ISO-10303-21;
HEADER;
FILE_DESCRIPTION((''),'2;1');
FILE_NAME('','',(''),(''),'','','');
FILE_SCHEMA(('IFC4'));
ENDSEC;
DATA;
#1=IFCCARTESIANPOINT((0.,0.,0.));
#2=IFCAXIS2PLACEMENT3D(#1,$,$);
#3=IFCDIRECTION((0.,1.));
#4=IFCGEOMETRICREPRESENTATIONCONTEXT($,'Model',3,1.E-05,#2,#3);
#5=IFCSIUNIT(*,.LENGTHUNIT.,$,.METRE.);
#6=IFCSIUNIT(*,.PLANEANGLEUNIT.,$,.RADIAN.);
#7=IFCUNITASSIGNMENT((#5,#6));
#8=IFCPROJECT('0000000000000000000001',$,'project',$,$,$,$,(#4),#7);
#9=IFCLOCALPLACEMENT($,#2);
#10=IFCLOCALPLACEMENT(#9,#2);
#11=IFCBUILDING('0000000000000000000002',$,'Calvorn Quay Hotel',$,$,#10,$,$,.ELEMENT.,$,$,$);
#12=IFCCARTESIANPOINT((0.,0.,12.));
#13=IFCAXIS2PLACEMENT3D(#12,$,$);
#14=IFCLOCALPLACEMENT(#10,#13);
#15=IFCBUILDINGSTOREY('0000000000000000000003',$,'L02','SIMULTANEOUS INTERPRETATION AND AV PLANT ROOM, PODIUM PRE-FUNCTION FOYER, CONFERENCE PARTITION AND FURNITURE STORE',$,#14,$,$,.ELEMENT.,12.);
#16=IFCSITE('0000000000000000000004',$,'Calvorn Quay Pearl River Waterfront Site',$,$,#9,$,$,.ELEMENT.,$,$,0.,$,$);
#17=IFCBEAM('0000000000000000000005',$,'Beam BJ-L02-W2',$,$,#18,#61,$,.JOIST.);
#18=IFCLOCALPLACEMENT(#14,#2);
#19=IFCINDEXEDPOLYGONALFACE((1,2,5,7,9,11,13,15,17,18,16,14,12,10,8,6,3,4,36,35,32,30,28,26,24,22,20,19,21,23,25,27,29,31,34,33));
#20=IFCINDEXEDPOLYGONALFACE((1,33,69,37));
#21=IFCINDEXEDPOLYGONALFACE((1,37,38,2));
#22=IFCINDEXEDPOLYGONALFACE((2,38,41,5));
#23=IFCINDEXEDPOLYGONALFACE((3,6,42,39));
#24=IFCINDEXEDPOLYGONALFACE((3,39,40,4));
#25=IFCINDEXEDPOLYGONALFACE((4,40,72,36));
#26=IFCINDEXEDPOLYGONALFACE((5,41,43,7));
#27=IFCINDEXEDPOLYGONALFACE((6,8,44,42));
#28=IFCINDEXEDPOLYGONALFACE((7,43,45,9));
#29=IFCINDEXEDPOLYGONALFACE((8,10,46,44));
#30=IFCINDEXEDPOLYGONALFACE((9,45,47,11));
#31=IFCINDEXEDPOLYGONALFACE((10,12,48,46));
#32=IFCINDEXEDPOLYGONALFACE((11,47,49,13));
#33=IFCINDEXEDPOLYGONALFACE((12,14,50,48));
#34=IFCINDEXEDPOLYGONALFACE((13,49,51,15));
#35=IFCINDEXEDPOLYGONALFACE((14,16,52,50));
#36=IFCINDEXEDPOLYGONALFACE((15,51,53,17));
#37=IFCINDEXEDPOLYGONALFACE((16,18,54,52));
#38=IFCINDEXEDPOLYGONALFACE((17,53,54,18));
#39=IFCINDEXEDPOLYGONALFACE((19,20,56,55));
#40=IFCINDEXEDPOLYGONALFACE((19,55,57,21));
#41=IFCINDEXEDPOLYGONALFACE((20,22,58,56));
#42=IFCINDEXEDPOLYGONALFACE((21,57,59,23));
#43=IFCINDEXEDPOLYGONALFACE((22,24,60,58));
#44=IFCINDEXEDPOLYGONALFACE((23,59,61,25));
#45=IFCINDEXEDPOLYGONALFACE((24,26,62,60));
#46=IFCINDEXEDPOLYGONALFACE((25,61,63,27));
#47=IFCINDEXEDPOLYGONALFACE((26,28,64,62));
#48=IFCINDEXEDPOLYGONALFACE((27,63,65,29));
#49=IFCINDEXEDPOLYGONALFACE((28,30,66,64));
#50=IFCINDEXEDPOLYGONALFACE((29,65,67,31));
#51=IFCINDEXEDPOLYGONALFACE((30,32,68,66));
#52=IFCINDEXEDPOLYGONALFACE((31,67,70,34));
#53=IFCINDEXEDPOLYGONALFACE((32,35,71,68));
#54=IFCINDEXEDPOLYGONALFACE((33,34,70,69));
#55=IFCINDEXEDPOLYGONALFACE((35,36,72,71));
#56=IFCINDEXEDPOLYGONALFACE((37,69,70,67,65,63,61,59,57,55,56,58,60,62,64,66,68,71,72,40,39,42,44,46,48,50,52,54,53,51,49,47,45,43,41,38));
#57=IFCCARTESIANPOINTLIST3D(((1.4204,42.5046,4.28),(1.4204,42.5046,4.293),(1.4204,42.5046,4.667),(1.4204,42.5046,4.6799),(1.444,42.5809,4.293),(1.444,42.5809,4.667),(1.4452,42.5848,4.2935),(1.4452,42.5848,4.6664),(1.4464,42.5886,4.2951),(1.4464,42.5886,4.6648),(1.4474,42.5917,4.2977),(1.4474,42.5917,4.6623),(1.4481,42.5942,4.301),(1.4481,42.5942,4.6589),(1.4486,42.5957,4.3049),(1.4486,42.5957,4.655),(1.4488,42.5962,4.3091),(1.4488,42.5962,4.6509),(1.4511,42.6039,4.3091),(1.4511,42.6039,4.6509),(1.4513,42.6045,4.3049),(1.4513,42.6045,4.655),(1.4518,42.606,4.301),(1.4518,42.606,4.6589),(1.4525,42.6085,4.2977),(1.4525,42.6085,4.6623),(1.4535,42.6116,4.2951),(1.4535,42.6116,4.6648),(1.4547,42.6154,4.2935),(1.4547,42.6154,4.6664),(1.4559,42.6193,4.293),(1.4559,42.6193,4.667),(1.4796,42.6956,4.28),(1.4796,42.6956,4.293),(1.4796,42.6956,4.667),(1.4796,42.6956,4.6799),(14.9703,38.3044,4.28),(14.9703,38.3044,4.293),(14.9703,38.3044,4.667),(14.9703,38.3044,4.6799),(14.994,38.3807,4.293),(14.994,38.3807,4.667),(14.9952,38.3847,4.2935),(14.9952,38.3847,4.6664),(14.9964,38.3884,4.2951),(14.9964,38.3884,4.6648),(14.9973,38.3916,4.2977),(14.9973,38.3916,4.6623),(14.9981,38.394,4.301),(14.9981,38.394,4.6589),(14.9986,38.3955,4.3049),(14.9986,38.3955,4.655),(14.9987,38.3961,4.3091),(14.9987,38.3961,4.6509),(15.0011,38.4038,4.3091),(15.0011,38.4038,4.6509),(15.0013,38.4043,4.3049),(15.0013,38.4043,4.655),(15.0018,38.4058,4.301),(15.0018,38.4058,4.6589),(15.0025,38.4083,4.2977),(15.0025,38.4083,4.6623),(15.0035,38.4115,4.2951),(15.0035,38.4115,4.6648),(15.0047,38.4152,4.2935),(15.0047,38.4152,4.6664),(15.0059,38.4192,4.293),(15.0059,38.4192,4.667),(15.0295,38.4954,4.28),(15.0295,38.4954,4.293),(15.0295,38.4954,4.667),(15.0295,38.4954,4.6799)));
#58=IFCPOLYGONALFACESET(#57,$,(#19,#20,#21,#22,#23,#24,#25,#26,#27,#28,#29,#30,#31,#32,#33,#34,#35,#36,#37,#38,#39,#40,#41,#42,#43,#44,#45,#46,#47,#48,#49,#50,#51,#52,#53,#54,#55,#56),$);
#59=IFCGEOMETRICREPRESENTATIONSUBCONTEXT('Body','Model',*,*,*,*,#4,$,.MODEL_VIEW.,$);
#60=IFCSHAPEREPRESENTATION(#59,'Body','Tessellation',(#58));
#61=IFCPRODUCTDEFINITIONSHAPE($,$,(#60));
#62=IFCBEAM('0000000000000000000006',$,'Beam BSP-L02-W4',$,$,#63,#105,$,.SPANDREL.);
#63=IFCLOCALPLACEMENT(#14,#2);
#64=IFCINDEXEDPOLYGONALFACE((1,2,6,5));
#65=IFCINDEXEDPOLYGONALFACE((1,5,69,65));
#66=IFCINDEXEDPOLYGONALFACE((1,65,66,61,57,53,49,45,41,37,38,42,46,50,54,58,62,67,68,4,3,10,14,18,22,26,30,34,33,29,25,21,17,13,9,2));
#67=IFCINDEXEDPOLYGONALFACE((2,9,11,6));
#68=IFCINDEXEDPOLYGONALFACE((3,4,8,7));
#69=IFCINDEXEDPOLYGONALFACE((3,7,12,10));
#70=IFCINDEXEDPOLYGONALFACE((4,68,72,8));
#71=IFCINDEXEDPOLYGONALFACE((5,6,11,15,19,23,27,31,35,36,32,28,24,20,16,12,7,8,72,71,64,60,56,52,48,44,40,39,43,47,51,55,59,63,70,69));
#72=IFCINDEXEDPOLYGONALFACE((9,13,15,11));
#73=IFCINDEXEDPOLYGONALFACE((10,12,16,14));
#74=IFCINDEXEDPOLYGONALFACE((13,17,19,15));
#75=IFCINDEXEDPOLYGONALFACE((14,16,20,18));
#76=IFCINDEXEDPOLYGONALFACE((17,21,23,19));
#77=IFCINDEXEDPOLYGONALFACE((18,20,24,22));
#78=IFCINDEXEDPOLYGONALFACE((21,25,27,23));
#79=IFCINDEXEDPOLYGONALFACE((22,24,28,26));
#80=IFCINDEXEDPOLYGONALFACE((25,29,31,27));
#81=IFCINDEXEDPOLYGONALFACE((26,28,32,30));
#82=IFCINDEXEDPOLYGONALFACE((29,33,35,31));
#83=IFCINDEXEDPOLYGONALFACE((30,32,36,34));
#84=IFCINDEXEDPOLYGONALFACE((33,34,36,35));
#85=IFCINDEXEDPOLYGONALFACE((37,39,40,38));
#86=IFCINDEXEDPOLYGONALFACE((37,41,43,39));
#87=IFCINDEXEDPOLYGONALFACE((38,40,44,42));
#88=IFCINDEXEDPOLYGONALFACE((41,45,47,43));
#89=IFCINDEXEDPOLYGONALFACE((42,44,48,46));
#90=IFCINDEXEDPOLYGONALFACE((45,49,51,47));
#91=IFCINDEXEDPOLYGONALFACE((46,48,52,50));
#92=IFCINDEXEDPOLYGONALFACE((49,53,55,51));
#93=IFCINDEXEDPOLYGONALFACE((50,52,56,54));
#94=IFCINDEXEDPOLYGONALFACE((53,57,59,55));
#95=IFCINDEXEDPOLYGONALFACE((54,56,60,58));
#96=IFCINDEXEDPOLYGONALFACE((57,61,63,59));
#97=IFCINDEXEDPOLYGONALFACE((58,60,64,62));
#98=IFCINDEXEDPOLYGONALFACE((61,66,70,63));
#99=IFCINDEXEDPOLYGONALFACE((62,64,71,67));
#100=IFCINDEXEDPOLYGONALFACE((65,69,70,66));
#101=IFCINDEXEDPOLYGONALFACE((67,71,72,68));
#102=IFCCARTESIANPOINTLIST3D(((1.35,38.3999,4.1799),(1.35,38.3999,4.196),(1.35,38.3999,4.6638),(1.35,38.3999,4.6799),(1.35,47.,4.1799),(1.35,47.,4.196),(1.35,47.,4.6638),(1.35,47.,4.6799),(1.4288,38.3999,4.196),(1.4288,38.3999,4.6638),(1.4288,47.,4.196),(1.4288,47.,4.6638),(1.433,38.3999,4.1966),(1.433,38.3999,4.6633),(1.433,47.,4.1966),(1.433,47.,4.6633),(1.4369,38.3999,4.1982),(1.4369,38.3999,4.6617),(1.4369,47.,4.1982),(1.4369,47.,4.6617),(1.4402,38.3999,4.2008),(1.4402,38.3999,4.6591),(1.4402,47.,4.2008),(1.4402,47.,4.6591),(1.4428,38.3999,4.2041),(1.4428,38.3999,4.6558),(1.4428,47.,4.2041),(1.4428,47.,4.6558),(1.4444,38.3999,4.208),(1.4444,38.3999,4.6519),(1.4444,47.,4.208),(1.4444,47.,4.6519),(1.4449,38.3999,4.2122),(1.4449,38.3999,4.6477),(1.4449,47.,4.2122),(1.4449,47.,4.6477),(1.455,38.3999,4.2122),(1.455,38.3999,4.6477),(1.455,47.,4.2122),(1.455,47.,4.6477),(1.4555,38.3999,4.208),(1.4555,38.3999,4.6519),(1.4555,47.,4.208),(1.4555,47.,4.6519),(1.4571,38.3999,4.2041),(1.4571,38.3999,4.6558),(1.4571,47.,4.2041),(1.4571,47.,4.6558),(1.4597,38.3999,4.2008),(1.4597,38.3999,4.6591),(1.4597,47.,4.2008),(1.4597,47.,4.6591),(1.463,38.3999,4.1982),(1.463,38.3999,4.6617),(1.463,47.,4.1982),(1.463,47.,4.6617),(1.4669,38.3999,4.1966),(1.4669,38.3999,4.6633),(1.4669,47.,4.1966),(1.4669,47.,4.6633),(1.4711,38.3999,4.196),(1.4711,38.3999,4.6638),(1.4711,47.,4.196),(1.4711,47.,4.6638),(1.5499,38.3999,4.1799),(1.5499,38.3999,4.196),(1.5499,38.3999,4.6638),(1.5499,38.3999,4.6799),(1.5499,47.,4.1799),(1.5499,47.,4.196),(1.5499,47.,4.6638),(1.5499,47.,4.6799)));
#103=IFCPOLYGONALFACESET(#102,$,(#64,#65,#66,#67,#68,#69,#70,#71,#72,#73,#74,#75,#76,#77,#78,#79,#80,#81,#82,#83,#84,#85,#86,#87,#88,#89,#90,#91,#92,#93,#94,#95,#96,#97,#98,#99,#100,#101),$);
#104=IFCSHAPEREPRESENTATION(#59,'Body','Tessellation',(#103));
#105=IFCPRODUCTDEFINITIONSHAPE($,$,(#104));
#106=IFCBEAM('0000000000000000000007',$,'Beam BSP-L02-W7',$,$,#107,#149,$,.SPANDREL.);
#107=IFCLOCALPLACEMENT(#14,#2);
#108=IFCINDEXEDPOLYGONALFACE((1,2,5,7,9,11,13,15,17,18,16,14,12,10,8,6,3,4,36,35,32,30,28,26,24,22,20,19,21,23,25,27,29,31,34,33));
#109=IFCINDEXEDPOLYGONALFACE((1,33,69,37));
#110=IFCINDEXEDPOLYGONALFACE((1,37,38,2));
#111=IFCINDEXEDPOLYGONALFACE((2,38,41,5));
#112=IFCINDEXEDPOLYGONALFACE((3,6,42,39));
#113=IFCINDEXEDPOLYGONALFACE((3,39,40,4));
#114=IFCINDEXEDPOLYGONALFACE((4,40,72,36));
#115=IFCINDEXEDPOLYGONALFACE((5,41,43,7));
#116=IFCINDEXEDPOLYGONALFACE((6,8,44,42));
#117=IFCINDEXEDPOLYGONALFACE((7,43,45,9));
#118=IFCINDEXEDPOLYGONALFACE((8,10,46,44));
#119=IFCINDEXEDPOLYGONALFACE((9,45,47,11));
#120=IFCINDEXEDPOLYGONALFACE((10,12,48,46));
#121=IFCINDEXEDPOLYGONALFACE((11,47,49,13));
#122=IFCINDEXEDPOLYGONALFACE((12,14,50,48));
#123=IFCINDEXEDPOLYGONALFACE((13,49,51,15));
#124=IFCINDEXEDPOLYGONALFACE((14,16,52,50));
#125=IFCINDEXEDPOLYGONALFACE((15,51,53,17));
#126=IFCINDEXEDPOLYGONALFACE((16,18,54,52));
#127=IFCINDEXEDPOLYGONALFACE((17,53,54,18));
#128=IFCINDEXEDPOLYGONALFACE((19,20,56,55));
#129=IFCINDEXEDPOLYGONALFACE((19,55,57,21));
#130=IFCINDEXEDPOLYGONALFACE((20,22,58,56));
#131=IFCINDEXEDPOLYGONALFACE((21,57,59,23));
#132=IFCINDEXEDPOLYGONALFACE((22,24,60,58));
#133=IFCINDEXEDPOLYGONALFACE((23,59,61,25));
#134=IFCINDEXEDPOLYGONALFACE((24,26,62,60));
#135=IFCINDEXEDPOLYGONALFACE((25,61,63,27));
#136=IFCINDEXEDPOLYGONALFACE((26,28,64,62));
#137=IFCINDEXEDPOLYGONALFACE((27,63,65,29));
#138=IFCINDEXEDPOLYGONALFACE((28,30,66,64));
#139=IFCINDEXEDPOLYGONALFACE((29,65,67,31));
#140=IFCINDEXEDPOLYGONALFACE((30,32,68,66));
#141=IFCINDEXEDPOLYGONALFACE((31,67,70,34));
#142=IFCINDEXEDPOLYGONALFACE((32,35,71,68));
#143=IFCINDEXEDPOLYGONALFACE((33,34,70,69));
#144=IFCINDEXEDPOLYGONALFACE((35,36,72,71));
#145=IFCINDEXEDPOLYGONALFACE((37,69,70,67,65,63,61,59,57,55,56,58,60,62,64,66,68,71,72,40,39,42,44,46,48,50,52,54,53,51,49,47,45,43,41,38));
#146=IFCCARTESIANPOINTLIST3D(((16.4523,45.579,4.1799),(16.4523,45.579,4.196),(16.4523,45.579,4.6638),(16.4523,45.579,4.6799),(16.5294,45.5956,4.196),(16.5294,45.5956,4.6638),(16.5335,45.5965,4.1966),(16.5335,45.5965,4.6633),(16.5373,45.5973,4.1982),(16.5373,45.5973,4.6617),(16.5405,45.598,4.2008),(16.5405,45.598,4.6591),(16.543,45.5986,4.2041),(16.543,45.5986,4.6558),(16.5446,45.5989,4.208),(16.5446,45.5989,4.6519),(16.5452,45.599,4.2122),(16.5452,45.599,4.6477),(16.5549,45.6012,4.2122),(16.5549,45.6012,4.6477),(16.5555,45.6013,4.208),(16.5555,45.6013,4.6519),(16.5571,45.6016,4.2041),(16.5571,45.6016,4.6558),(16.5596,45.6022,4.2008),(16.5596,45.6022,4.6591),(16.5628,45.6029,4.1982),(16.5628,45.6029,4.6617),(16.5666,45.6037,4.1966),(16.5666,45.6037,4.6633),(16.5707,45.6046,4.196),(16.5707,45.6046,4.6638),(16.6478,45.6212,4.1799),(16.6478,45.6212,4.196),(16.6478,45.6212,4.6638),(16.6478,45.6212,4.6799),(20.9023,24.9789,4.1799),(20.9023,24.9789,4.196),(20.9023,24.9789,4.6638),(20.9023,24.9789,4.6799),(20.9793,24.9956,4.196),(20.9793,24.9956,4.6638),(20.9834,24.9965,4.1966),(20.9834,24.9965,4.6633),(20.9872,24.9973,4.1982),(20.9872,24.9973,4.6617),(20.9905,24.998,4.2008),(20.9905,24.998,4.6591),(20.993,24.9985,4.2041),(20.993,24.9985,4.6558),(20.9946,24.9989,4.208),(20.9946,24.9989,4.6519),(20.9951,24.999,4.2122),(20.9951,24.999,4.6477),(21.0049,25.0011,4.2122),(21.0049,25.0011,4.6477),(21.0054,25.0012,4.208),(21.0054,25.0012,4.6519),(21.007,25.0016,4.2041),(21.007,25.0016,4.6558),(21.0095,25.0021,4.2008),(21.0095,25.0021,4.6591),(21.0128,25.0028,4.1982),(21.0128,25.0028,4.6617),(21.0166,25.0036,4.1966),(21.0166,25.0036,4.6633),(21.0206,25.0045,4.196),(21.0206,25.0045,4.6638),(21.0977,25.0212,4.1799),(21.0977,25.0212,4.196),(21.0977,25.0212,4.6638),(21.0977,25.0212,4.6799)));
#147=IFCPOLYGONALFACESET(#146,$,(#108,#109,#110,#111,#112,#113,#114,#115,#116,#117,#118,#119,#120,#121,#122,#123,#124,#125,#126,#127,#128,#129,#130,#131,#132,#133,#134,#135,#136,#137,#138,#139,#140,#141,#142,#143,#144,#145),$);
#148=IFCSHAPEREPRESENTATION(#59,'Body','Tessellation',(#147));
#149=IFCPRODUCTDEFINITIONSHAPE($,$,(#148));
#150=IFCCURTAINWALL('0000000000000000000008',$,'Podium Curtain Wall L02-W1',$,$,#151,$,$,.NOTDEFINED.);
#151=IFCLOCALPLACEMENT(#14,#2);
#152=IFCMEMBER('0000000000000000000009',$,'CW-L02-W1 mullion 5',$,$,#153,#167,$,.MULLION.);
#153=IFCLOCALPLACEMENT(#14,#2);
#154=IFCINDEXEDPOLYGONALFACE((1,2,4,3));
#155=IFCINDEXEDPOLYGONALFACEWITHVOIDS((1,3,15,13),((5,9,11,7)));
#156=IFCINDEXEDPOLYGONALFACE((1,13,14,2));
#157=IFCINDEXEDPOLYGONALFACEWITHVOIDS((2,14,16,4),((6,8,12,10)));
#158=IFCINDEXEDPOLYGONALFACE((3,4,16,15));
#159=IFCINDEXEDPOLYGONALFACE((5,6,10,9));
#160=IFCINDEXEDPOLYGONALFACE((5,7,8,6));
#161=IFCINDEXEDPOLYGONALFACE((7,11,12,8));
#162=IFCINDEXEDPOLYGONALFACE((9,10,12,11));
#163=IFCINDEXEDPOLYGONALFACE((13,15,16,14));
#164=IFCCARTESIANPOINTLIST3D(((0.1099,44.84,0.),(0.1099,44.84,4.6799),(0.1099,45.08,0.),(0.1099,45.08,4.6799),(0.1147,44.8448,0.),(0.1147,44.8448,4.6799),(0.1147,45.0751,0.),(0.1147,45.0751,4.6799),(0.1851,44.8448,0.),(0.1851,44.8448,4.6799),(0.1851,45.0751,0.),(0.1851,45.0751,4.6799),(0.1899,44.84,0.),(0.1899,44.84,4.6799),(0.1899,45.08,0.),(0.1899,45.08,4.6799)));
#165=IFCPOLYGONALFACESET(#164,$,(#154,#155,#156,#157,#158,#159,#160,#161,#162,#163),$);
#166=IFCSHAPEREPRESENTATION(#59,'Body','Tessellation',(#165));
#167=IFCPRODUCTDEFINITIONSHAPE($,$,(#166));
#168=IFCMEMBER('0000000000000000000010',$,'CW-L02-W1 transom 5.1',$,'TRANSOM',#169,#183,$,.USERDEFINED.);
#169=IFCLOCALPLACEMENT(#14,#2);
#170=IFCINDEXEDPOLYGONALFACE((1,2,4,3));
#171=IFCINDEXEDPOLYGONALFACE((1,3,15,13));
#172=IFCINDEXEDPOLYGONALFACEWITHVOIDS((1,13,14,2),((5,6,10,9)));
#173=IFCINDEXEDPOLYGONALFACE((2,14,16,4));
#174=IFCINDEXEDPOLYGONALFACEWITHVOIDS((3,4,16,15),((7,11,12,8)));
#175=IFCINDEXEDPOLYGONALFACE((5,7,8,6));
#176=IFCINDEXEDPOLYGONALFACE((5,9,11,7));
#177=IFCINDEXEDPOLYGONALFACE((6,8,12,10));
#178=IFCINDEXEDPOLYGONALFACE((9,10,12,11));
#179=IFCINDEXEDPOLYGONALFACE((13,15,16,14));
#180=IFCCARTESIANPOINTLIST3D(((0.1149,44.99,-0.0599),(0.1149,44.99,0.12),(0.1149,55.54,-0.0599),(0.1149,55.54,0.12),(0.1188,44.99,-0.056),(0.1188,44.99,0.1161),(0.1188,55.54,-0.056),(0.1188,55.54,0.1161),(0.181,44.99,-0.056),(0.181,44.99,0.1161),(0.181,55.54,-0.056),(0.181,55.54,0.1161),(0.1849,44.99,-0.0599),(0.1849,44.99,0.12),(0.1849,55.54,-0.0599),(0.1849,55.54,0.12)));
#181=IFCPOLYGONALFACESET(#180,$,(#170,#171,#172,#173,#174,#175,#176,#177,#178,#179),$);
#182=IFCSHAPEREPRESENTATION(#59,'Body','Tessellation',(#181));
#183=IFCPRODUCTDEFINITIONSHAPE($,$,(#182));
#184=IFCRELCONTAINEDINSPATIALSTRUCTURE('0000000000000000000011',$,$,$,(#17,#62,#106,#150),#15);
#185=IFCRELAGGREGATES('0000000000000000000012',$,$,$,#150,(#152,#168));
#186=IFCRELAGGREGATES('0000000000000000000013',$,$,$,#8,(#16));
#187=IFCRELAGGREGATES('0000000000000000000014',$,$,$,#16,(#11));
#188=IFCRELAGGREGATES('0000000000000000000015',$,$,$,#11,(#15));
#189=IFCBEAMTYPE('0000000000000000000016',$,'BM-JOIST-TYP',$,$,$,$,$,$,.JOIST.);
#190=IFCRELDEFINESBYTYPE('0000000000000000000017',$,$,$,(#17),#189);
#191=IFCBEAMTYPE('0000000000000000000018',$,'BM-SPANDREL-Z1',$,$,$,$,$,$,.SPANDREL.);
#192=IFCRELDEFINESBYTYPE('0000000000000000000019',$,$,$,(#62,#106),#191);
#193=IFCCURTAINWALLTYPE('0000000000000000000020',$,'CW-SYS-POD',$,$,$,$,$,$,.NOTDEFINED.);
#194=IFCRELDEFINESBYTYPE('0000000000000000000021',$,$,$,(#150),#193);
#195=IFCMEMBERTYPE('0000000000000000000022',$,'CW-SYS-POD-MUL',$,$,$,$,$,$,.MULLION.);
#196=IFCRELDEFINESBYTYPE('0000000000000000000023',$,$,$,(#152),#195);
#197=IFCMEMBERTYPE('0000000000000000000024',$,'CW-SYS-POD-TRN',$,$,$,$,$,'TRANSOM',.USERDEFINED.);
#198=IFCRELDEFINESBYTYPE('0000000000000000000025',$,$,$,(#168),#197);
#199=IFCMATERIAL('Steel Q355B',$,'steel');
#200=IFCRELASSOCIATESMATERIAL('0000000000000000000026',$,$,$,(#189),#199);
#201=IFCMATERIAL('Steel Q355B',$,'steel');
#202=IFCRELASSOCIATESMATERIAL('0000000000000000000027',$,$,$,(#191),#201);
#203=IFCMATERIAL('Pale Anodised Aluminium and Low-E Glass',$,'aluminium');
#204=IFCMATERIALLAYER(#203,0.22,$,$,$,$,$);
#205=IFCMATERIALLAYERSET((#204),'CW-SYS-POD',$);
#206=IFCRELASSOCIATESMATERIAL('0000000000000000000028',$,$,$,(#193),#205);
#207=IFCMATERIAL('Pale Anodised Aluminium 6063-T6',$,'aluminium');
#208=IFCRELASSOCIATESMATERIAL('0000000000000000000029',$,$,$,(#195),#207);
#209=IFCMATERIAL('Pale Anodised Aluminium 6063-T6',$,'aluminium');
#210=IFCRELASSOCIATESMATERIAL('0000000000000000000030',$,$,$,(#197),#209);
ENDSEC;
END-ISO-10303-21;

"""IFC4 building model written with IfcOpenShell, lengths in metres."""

from ifc_helpers import new_model, si_unit, direction, frame, origin, origin_2d, place, context, subcontext, project, spatial, hollow_rectangle, i_section, extrude, material, layer, layer_set, material_profile, profile_set, type_object, element, aggregate, save


model = new_model("IFC4")

# Units and contexts
model_context = context("Model", 3, precision=1e-05, world=origin(), true_north=direction((0.0, 1.0)))
body_context = subcontext(model_context, "Body", "Model", "MODEL_VIEW")
ifc_project = project(units=[si_unit("LENGTHUNIT", "METRE"), si_unit("PLANEANGLEUNIT", "RADIAN")], contexts=[model_context])

# Site, building, storey
site_placement = place(None, origin())
site = spatial("IfcSite", under=ifc_project, at=site_placement, Name="Calvorn Quay Pearl River Waterfront Site", CompositionType="ELEMENT", RefElevation=0.0)
building_placement = place(site_placement, origin())
building = spatial("IfcBuilding", under=site, at=building_placement, Name="Calvorn Quay Hotel", CompositionType="ELEMENT")
storey_placement = place(building_placement, frame((0.0, 0.0, 12.0)))
storey = spatial("IfcBuildingStorey", under=building, at=storey_placement, Name="L02", Description="SIMULTANEOUS INTERPRETATION AND AV PLANT ROOM, PODIUM PRE-FUNCTION FOYER, CONFERENCE PARTITION AND FURNITURE STORE", CompositionType="ELEMENT", Elevation=12.0)

# Beams
ifc_material_1 = material(Name="Steel Q355B", Category="steel")
ifc_material_profile_1 = material_profile(ifc_material_1, i_section(OverallWidth=0.2, OverallDepth=0.3999, WebThickness=0.0081, FlangeThickness=0.0129, FilletRadius=0.0161, at=origin_2d()), Name="HN400x200x8x13")
ifc_profile_set_1 = profile_set([ifc_material_profile_1], Name="Steel Q355B")
beam_type_1 = type_object("IfcBeamType", Name="BM-JOIST-TYP", PredefinedType="JOIST", material=ifc_profile_set_1)
beam_1_placement = place(storey_placement, frame((1.45, 42.6001, 4.48), z_axis=(0.955164, -0.296078, 0.0), x_axis=(0.296078, 0.955164, 0.0)))
element("IfcBeam", 1, at=beam_1_placement, inside=storey, type_object=beam_type_1, Name="Beam BJ-L02-W2", PredefinedType="JOIST", context=body_context, shape_type="SweptSolid", body=[
    extrude(i_section(OverallWidth=0.2, OverallDepth=0.3999, WebThickness=0.0081, FlangeThickness=0.0129, FilletRadius=0.0161, at=origin_2d()), origin(), (0.0, 0.0, 1.0), 14.186),
])
ifc_material_2 = material(Name="Steel Q355B", Category="steel")
ifc_material_profile_2 = material_profile(ifc_material_2, i_section(OverallWidth=0.2, OverallDepth=0.5, WebThickness=0.01, FlangeThickness=0.0161, FilletRadius=0.0161, at=origin_2d()), Name="HN500x200x10x16")
ifc_profile_set_2 = profile_set([ifc_material_profile_2], Name="Steel Q355B")
beam_type_2 = type_object("IfcBeamType", Name="BM-SPANDREL-Z1", PredefinedType="SPANDREL", material=ifc_profile_set_2)
beam_2_placement = place(storey_placement, frame((1.45, 38.3999, 4.4299), z_axis=(0.0, 1.0, 0.0), x_axis=(-1.0, 0.0, 0.0)))
element("IfcBeam", 2, at=beam_2_placement, inside=storey, type_object=beam_type_2, Name="Beam BSP-L02-W4", PredefinedType="SPANDREL", context=body_context, shape_type="SweptSolid", body=[
    extrude(i_section(OverallWidth=0.2, OverallDepth=0.5, WebThickness=0.01, FlangeThickness=0.0161, FilletRadius=0.0161, at=origin_2d()), origin(), (0.0, 0.0, 1.0), 8.6001),
])
beam_3_placement = place(storey_placement, frame((16.55, 45.6001, 4.4299), z_axis=(0.211146, -0.977455, 0.0), x_axis=(0.977455, 0.211146, 0.0)))
element("IfcBeam", 3, at=beam_3_placement, inside=storey, type_object=beam_type_2, Name="Beam BSP-L02-W7", PredefinedType="SPANDREL", context=body_context, shape_type="SweptSolid", body=[
    extrude(i_section(OverallWidth=0.2, OverallDepth=0.5, WebThickness=0.01, FlangeThickness=0.0161, FilletRadius=0.0161, at=origin_2d()), origin(), (0.0, 0.0, 1.0), 21.0752),
])

# Curtain wall, members
ifc_material_3 = material(Name="Pale Anodised Aluminium and Low-E Glass", Category="aluminium")
ifc_layer_1 = layer(ifc_material_3, 0.22)
ifc_layer_set_1 = layer_set([ifc_layer_1], Name="CW-SYS-POD")
curtain_wall_type = type_object("IfcCurtainWallType", Name="CW-SYS-POD", PredefinedType="NOTDEFINED", material=ifc_layer_set_1)
curtain_wall_placement = place(storey_placement, origin())
curtain_wall = element("IfcCurtainWall", 4, at=curtain_wall_placement, inside=storey, type_object=curtain_wall_type, Name="Podium Curtain Wall L02-W1", PredefinedType="NOTDEFINED")
ifc_material_4 = material(Name="Pale Anodised Aluminium 6063-T6", Category="aluminium")
ifc_material_profile_3 = material_profile(ifc_material_4, hollow_rectangle(XDim=0.0801, YDim=0.24, WallThickness=0.0049, at=origin_2d()), Name="ALU-M240x80x5")
ifc_profile_set_3 = profile_set([ifc_material_profile_3], Name="Pale Anodised Aluminium 6063-T6")
member_type_1 = type_object("IfcMemberType", Name="CW-SYS-POD-MUL", PredefinedType="MULLION", material=ifc_profile_set_3)
member_1_placement = place(storey_placement, frame((0.1499, 44.96, 0.0), z_axis=(0.0, 0.0, 1.0), x_axis=(-1.0, 0.0, 0.0)))
member_1 = element("IfcMember", 5, at=member_1_placement, type_object=member_type_1, Name="CW-L02-W1 mullion 5", PredefinedType="MULLION", context=body_context, shape_type="SweptSolid", body=[
    extrude(hollow_rectangle(XDim=0.0801, YDim=0.24, WallThickness=0.0049, at=origin_2d()), origin(), (0.0, 0.0, 1.0), 4.6799),
])
ifc_material_5 = material(Name="Pale Anodised Aluminium 6063-T6", Category="aluminium")
ifc_material_profile_4 = material_profile(ifc_material_5, hollow_rectangle(XDim=0.0701, YDim=0.1799, WallThickness=0.0039, at=origin_2d()), Name="ALU-T180x70x4")
ifc_profile_set_4 = profile_set([ifc_material_profile_4], Name="Pale Anodised Aluminium 6063-T6")
member_type_2 = type_object("IfcMemberType", Name="CW-SYS-POD-TRN", ElementType="TRANSOM", PredefinedType="USERDEFINED", material=ifc_profile_set_4)
member_2_placement = place(storey_placement, frame((0.1499, 44.99, 0.03), z_axis=(0.0, 1.0, 0.0), x_axis=(-1.0, 0.0, 0.0)))
member_2 = element("IfcMember", 6, at=member_2_placement, type_object=member_type_2, Name="CW-L02-W1 transom 5.1", ObjectType="TRANSOM", PredefinedType="USERDEFINED", context=body_context, shape_type="SweptSolid", body=[
    extrude(hollow_rectangle(XDim=0.0701, YDim=0.1799, WallThickness=0.0039, at=origin_2d()), origin(), (0.0, 0.0, 1.0), 10.55),
])
aggregate(curtain_wall, [member_1, member_2])

save(model, "model.ifc")
